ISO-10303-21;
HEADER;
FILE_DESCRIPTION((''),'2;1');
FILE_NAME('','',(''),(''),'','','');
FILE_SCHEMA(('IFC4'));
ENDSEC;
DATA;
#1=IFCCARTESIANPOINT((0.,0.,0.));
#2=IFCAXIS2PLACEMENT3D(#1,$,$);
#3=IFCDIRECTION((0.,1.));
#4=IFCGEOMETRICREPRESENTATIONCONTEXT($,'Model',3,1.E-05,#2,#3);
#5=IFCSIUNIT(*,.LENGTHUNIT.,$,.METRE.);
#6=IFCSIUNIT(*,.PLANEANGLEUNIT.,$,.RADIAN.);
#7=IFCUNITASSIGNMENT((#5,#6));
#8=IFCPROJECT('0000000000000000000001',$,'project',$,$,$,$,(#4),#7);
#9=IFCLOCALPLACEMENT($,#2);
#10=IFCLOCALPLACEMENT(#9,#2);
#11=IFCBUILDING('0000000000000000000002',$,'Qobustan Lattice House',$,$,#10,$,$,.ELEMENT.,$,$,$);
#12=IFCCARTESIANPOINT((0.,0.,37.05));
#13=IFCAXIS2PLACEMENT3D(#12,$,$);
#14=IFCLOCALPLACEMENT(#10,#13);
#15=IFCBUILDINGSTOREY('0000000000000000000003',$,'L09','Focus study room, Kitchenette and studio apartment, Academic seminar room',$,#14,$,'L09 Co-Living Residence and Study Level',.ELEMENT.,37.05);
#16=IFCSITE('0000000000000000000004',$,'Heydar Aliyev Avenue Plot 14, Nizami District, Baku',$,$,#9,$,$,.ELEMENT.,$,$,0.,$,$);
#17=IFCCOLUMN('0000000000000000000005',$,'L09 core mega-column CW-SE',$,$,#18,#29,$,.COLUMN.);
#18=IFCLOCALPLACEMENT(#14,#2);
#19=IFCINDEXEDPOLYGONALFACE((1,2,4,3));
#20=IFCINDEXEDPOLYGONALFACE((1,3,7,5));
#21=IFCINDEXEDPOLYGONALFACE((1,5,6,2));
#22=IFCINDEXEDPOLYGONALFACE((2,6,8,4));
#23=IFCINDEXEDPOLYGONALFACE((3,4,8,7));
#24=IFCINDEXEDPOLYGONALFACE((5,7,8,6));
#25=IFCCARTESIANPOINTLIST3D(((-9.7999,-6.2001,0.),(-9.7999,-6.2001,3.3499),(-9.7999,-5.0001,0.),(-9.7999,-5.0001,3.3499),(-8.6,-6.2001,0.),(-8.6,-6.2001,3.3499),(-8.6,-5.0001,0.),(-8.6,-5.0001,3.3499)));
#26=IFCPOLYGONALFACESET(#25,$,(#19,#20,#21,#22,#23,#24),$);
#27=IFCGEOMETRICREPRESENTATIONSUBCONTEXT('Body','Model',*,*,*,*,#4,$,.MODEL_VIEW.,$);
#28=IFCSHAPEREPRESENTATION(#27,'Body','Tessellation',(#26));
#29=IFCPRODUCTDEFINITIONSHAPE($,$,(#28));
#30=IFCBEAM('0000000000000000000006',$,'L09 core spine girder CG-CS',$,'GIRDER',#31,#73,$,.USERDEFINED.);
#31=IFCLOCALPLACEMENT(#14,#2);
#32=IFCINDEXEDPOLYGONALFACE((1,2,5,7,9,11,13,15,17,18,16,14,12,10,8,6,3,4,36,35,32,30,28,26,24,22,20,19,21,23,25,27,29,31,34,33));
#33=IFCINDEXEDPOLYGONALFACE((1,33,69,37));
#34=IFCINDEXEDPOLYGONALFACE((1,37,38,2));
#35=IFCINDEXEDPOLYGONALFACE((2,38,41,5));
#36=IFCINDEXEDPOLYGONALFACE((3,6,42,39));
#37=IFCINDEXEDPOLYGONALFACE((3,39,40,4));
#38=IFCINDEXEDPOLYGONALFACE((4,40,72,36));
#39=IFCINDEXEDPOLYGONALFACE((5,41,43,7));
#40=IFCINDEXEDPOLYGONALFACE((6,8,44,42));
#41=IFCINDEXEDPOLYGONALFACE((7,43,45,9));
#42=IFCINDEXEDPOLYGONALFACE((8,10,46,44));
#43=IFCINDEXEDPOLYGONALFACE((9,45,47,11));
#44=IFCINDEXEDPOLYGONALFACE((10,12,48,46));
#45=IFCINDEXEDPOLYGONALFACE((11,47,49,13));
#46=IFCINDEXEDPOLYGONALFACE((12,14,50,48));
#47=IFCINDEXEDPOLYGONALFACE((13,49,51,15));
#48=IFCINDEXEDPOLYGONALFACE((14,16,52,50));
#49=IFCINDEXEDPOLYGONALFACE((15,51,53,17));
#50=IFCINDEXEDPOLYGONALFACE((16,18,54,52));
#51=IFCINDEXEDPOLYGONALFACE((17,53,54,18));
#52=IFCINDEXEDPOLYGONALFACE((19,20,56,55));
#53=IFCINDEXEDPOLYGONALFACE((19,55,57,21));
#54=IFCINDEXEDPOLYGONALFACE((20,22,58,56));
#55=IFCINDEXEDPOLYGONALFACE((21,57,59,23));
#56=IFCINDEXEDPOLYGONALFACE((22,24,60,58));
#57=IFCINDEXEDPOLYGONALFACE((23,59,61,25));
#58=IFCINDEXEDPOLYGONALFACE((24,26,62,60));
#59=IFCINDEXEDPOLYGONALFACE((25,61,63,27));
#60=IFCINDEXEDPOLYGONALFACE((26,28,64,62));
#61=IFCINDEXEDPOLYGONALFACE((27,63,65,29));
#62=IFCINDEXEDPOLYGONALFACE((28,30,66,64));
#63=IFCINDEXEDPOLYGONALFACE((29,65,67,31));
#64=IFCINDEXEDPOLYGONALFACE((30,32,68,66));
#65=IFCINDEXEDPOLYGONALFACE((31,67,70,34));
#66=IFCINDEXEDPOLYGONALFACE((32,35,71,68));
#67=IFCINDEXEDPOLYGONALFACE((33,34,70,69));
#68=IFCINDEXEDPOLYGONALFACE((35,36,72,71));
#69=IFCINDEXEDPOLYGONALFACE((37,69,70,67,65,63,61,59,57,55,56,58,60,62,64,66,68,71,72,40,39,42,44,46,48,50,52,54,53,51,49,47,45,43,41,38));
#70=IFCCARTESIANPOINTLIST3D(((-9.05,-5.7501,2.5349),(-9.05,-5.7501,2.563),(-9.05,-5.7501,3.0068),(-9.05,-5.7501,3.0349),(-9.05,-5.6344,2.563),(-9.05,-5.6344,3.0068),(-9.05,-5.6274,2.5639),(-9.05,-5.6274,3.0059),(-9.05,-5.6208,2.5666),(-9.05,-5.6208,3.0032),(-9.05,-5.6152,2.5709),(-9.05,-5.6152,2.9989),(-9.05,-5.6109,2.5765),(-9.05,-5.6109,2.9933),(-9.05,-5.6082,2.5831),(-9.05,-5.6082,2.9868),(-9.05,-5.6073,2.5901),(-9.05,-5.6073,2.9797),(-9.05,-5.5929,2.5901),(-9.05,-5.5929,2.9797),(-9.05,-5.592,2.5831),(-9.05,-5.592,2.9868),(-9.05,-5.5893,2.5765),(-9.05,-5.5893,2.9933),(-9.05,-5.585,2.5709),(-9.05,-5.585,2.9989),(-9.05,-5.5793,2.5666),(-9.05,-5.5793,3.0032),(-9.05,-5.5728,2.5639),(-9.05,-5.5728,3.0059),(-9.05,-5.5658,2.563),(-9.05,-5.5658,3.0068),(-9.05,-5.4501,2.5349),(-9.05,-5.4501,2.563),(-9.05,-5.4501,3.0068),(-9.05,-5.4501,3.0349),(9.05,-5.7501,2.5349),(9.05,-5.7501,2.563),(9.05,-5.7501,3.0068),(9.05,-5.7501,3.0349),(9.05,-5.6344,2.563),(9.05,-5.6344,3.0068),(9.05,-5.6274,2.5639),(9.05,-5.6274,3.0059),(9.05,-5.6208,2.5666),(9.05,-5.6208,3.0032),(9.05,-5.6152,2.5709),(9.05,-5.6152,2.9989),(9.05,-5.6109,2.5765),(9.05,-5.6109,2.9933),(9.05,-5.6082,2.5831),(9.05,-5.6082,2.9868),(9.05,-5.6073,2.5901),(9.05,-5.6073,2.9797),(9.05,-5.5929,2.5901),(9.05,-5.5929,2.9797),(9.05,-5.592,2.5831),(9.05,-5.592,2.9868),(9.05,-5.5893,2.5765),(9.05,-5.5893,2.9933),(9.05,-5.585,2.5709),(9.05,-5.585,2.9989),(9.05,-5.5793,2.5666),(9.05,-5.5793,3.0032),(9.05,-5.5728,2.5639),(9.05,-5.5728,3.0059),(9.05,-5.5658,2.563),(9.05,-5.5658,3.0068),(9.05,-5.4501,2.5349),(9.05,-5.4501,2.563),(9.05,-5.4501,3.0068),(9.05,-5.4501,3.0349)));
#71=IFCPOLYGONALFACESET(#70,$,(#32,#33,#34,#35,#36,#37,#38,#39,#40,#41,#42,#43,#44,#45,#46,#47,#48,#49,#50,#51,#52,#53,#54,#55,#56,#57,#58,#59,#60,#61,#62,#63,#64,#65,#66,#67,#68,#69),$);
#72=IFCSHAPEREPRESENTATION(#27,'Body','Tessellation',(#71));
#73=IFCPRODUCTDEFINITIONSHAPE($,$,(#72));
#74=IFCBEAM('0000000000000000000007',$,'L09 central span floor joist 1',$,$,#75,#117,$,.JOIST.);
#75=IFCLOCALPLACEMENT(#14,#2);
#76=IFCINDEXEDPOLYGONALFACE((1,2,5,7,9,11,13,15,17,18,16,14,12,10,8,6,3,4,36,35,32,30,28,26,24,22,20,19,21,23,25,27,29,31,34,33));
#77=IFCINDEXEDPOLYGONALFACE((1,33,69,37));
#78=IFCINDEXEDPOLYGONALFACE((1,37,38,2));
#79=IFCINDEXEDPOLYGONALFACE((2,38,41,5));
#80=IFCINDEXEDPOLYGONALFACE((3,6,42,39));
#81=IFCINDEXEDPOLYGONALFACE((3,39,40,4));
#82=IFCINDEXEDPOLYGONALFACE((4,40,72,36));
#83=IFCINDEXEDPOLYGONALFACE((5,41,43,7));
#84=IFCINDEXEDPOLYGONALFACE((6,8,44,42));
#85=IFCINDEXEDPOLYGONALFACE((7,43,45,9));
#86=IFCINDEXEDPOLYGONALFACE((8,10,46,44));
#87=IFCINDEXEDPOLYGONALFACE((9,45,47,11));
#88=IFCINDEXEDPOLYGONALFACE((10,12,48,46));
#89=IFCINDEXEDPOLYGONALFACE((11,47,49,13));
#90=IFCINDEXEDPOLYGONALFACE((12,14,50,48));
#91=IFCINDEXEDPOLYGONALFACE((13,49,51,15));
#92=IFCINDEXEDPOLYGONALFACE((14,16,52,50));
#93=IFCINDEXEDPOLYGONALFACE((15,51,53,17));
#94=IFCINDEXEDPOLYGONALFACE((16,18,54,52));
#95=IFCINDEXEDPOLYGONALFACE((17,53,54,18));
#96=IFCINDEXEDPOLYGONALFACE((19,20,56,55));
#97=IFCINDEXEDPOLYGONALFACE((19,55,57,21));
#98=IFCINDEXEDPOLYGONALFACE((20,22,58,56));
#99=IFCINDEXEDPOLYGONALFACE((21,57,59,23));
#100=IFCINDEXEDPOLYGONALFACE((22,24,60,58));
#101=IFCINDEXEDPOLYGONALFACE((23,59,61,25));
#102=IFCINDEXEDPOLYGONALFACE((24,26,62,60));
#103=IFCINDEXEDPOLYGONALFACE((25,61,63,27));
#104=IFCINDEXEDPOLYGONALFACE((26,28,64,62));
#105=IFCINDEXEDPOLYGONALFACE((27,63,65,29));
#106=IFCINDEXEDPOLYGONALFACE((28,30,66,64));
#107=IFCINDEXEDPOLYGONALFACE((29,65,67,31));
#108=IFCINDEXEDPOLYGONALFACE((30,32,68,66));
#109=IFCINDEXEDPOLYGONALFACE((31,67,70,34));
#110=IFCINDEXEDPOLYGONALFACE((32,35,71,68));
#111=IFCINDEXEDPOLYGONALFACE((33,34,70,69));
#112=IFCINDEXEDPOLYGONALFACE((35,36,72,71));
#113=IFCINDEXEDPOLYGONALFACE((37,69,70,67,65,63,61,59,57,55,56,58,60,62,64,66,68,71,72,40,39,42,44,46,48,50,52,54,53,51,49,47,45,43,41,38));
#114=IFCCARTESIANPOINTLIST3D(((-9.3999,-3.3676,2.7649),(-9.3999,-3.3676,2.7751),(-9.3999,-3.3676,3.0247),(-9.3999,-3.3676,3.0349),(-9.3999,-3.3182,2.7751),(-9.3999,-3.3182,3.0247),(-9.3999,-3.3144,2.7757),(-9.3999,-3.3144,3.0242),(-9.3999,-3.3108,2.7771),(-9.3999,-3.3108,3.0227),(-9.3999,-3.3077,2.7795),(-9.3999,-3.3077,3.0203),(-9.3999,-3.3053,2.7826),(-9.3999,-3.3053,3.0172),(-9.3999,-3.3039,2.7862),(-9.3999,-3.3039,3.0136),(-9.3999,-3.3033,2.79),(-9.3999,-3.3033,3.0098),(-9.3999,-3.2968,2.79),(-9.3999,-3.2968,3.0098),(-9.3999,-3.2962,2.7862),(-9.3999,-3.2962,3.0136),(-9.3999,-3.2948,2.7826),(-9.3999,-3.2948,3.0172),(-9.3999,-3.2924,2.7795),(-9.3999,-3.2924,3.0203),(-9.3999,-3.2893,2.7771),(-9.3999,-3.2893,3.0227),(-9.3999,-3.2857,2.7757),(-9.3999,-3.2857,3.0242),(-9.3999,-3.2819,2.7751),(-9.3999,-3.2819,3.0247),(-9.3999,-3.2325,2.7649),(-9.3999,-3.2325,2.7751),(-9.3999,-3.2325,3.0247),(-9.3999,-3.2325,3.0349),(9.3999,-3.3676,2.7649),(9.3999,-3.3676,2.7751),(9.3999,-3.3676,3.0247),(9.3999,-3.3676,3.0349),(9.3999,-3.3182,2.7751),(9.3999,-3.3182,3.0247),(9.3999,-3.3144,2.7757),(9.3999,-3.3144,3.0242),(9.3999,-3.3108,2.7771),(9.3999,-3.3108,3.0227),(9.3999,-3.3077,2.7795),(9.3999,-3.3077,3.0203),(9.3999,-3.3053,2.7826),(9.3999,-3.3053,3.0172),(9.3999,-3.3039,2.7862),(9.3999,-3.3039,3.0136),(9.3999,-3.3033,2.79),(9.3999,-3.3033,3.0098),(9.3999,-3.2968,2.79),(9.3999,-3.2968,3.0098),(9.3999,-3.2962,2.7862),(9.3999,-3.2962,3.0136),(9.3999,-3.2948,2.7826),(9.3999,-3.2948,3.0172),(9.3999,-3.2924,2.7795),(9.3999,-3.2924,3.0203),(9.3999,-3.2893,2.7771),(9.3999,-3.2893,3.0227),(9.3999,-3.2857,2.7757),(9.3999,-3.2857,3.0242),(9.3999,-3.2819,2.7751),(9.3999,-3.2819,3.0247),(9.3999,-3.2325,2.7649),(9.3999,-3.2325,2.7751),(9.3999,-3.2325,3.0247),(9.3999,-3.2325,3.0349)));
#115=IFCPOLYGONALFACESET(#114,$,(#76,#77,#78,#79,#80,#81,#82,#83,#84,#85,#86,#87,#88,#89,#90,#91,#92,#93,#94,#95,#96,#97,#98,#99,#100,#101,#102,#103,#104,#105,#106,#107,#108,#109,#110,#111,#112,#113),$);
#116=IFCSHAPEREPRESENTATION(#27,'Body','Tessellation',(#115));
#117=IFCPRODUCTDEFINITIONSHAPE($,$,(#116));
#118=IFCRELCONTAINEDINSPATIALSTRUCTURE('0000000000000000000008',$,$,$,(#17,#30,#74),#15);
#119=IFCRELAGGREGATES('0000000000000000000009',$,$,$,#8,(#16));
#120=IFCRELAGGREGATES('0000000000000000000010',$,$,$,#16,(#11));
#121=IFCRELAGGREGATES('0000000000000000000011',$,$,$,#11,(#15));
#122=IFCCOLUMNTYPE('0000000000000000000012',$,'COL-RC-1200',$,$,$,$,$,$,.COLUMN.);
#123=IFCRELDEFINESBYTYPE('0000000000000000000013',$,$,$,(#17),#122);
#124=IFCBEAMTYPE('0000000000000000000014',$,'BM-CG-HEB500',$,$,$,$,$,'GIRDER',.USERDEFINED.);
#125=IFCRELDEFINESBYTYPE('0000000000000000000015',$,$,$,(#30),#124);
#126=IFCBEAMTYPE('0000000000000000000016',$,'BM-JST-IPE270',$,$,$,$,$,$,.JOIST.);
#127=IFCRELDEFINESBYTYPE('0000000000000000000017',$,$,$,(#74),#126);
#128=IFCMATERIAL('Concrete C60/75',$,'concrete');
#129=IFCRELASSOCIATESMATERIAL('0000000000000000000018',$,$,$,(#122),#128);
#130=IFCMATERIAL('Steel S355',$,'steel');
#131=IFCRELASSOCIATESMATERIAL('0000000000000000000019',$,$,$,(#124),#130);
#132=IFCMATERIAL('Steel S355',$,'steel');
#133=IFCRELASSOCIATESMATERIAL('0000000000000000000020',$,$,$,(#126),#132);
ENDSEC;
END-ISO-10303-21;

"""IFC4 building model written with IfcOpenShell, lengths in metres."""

from ifc_helpers import new_model, si_unit, direction, frame, origin, origin_2d, place, context, subcontext, project, spatial, rectangle, i_section, extrude, material, material_profile, profile_set, type_object, element, save


model = new_model("IFC4")

# Units and contexts
model_context = context("Model", 3, precision=1e-05, world=origin(), true_north=direction((0.0, 1.0)))
body_context = subcontext(model_context, "Body", "Model", "MODEL_VIEW")
ifc_project = project(units=[si_unit("LENGTHUNIT", "METRE"), si_unit("PLANEANGLEUNIT", "RADIAN")], contexts=[model_context])

# Site, building, storey
site_placement = place(None, origin())
site = spatial("IfcSite", under=ifc_project, at=site_placement, Name="Heydar Aliyev Avenue Plot 14, Nizami District, Baku", CompositionType="ELEMENT", RefElevation=0.0)
building_placement = place(site_placement, origin())
building = spatial("IfcBuilding", under=site, at=building_placement, Name="Qobustan Lattice House", CompositionType="ELEMENT")
storey_placement = place(building_placement, frame((0.0, 0.0, 37.05)))
storey = spatial("IfcBuildingStorey", under=building, at=storey_placement, Name="L09", Description="Focus study room, Kitchenette and studio apartment, Academic seminar room", LongName="L09 Co-Living Residence and Study Level", CompositionType="ELEMENT", Elevation=37.05)

# Column
ifc_material_1 = material(Name="Concrete C60/75", Category="concrete")
ifc_material_profile_1 = material_profile(ifc_material_1, rectangle(XDim=1.2, YDim=1.2, at=origin_2d()), Name="RC1200x1200")
ifc_profile_set_1 = profile_set([ifc_material_profile_1], Name="Concrete C60/75")
column_type = type_object("IfcColumnType", Name="COL-RC-1200", PredefinedType="COLUMN", material=ifc_profile_set_1)
column_placement = place(storey_placement, frame((-9.2, -5.6001, 0.0), z_axis=(0.0, 0.0, 1.0), x_axis=(1.0, 0.0, 0.0)))
element("IfcColumn", 1, at=column_placement, inside=storey, type_object=column_type, Name="L09 core mega-column CW-SE", PredefinedType="COLUMN", context=body_context, shape_type="SweptSolid", body=[
    extrude(rectangle(XDim=1.2, YDim=1.2, at=origin_2d()), origin(), (0.0, 0.0, 1.0), 3.3499),
])

# Beams
ifc_material_2 = material(Name="Steel S355", Category="steel")
ifc_material_profile_2 = material_profile(ifc_material_2, i_section(OverallWidth=0.3, OverallDepth=0.5, WebThickness=0.0144, FlangeThickness=0.0281, FilletRadius=0.0271, at=origin_2d()), Name="HEB500")
ifc_profile_set_2 = profile_set([ifc_material_profile_2], Name="Steel S355")
beam_type_1 = type_object("IfcBeamType", Name="BM-CG-HEB500", ElementType="GIRDER", PredefinedType="USERDEFINED", material=ifc_profile_set_2)
beam_1_placement = place(storey_placement, frame((-9.05, -5.6001, 2.7849), z_axis=(1.0, 0.0, 0.0), x_axis=(0.0, 1.0, 0.0)))
element("IfcBeam", 2, at=beam_1_placement, inside=storey, type_object=beam_type_1, Name="L09 core spine girder CG-CS", ObjectType="GIRDER", PredefinedType="USERDEFINED", context=body_context, shape_type="SweptSolid", body=[
    extrude(i_section(OverallWidth=0.3, OverallDepth=0.5, WebThickness=0.0144, FlangeThickness=0.0281, FilletRadius=0.0271, at=origin_2d()), origin(), (0.0, 0.0, 1.0), 18.1001),
])
ifc_material_3 = material(Name="Steel S355", Category="steel")
ifc_material_profile_3 = material_profile(ifc_material_3, i_section(OverallWidth=0.135, OverallDepth=0.27, WebThickness=0.0066, FlangeThickness=0.0103, FilletRadius=0.0149, at=origin_2d()), Name="IPE270")
ifc_profile_set_3 = profile_set([ifc_material_profile_3], Name="Steel S355")
beam_type_2 = type_object("IfcBeamType", Name="BM-JST-IPE270", PredefinedType="JOIST", material=ifc_profile_set_3)
beam_2_placement = place(storey_placement, frame((-9.3999, -3.3, 2.8999), z_axis=(1.0, 0.0, 0.0), x_axis=(0.0, 1.0, 0.0)))
element("IfcBeam", 3, at=beam_2_placement, inside=storey, type_object=beam_type_2, Name="L09 central span floor joist 1", PredefinedType="JOIST", context=body_context, shape_type="SweptSolid", body=[
    extrude(i_section(OverallWidth=0.135, OverallDepth=0.27, WebThickness=0.0066, FlangeThickness=0.0103, FilletRadius=0.0149, at=origin_2d()), origin(), (0.0, 0.0, 1.0), 18.7998),
])

save(model, "model.ifc")
